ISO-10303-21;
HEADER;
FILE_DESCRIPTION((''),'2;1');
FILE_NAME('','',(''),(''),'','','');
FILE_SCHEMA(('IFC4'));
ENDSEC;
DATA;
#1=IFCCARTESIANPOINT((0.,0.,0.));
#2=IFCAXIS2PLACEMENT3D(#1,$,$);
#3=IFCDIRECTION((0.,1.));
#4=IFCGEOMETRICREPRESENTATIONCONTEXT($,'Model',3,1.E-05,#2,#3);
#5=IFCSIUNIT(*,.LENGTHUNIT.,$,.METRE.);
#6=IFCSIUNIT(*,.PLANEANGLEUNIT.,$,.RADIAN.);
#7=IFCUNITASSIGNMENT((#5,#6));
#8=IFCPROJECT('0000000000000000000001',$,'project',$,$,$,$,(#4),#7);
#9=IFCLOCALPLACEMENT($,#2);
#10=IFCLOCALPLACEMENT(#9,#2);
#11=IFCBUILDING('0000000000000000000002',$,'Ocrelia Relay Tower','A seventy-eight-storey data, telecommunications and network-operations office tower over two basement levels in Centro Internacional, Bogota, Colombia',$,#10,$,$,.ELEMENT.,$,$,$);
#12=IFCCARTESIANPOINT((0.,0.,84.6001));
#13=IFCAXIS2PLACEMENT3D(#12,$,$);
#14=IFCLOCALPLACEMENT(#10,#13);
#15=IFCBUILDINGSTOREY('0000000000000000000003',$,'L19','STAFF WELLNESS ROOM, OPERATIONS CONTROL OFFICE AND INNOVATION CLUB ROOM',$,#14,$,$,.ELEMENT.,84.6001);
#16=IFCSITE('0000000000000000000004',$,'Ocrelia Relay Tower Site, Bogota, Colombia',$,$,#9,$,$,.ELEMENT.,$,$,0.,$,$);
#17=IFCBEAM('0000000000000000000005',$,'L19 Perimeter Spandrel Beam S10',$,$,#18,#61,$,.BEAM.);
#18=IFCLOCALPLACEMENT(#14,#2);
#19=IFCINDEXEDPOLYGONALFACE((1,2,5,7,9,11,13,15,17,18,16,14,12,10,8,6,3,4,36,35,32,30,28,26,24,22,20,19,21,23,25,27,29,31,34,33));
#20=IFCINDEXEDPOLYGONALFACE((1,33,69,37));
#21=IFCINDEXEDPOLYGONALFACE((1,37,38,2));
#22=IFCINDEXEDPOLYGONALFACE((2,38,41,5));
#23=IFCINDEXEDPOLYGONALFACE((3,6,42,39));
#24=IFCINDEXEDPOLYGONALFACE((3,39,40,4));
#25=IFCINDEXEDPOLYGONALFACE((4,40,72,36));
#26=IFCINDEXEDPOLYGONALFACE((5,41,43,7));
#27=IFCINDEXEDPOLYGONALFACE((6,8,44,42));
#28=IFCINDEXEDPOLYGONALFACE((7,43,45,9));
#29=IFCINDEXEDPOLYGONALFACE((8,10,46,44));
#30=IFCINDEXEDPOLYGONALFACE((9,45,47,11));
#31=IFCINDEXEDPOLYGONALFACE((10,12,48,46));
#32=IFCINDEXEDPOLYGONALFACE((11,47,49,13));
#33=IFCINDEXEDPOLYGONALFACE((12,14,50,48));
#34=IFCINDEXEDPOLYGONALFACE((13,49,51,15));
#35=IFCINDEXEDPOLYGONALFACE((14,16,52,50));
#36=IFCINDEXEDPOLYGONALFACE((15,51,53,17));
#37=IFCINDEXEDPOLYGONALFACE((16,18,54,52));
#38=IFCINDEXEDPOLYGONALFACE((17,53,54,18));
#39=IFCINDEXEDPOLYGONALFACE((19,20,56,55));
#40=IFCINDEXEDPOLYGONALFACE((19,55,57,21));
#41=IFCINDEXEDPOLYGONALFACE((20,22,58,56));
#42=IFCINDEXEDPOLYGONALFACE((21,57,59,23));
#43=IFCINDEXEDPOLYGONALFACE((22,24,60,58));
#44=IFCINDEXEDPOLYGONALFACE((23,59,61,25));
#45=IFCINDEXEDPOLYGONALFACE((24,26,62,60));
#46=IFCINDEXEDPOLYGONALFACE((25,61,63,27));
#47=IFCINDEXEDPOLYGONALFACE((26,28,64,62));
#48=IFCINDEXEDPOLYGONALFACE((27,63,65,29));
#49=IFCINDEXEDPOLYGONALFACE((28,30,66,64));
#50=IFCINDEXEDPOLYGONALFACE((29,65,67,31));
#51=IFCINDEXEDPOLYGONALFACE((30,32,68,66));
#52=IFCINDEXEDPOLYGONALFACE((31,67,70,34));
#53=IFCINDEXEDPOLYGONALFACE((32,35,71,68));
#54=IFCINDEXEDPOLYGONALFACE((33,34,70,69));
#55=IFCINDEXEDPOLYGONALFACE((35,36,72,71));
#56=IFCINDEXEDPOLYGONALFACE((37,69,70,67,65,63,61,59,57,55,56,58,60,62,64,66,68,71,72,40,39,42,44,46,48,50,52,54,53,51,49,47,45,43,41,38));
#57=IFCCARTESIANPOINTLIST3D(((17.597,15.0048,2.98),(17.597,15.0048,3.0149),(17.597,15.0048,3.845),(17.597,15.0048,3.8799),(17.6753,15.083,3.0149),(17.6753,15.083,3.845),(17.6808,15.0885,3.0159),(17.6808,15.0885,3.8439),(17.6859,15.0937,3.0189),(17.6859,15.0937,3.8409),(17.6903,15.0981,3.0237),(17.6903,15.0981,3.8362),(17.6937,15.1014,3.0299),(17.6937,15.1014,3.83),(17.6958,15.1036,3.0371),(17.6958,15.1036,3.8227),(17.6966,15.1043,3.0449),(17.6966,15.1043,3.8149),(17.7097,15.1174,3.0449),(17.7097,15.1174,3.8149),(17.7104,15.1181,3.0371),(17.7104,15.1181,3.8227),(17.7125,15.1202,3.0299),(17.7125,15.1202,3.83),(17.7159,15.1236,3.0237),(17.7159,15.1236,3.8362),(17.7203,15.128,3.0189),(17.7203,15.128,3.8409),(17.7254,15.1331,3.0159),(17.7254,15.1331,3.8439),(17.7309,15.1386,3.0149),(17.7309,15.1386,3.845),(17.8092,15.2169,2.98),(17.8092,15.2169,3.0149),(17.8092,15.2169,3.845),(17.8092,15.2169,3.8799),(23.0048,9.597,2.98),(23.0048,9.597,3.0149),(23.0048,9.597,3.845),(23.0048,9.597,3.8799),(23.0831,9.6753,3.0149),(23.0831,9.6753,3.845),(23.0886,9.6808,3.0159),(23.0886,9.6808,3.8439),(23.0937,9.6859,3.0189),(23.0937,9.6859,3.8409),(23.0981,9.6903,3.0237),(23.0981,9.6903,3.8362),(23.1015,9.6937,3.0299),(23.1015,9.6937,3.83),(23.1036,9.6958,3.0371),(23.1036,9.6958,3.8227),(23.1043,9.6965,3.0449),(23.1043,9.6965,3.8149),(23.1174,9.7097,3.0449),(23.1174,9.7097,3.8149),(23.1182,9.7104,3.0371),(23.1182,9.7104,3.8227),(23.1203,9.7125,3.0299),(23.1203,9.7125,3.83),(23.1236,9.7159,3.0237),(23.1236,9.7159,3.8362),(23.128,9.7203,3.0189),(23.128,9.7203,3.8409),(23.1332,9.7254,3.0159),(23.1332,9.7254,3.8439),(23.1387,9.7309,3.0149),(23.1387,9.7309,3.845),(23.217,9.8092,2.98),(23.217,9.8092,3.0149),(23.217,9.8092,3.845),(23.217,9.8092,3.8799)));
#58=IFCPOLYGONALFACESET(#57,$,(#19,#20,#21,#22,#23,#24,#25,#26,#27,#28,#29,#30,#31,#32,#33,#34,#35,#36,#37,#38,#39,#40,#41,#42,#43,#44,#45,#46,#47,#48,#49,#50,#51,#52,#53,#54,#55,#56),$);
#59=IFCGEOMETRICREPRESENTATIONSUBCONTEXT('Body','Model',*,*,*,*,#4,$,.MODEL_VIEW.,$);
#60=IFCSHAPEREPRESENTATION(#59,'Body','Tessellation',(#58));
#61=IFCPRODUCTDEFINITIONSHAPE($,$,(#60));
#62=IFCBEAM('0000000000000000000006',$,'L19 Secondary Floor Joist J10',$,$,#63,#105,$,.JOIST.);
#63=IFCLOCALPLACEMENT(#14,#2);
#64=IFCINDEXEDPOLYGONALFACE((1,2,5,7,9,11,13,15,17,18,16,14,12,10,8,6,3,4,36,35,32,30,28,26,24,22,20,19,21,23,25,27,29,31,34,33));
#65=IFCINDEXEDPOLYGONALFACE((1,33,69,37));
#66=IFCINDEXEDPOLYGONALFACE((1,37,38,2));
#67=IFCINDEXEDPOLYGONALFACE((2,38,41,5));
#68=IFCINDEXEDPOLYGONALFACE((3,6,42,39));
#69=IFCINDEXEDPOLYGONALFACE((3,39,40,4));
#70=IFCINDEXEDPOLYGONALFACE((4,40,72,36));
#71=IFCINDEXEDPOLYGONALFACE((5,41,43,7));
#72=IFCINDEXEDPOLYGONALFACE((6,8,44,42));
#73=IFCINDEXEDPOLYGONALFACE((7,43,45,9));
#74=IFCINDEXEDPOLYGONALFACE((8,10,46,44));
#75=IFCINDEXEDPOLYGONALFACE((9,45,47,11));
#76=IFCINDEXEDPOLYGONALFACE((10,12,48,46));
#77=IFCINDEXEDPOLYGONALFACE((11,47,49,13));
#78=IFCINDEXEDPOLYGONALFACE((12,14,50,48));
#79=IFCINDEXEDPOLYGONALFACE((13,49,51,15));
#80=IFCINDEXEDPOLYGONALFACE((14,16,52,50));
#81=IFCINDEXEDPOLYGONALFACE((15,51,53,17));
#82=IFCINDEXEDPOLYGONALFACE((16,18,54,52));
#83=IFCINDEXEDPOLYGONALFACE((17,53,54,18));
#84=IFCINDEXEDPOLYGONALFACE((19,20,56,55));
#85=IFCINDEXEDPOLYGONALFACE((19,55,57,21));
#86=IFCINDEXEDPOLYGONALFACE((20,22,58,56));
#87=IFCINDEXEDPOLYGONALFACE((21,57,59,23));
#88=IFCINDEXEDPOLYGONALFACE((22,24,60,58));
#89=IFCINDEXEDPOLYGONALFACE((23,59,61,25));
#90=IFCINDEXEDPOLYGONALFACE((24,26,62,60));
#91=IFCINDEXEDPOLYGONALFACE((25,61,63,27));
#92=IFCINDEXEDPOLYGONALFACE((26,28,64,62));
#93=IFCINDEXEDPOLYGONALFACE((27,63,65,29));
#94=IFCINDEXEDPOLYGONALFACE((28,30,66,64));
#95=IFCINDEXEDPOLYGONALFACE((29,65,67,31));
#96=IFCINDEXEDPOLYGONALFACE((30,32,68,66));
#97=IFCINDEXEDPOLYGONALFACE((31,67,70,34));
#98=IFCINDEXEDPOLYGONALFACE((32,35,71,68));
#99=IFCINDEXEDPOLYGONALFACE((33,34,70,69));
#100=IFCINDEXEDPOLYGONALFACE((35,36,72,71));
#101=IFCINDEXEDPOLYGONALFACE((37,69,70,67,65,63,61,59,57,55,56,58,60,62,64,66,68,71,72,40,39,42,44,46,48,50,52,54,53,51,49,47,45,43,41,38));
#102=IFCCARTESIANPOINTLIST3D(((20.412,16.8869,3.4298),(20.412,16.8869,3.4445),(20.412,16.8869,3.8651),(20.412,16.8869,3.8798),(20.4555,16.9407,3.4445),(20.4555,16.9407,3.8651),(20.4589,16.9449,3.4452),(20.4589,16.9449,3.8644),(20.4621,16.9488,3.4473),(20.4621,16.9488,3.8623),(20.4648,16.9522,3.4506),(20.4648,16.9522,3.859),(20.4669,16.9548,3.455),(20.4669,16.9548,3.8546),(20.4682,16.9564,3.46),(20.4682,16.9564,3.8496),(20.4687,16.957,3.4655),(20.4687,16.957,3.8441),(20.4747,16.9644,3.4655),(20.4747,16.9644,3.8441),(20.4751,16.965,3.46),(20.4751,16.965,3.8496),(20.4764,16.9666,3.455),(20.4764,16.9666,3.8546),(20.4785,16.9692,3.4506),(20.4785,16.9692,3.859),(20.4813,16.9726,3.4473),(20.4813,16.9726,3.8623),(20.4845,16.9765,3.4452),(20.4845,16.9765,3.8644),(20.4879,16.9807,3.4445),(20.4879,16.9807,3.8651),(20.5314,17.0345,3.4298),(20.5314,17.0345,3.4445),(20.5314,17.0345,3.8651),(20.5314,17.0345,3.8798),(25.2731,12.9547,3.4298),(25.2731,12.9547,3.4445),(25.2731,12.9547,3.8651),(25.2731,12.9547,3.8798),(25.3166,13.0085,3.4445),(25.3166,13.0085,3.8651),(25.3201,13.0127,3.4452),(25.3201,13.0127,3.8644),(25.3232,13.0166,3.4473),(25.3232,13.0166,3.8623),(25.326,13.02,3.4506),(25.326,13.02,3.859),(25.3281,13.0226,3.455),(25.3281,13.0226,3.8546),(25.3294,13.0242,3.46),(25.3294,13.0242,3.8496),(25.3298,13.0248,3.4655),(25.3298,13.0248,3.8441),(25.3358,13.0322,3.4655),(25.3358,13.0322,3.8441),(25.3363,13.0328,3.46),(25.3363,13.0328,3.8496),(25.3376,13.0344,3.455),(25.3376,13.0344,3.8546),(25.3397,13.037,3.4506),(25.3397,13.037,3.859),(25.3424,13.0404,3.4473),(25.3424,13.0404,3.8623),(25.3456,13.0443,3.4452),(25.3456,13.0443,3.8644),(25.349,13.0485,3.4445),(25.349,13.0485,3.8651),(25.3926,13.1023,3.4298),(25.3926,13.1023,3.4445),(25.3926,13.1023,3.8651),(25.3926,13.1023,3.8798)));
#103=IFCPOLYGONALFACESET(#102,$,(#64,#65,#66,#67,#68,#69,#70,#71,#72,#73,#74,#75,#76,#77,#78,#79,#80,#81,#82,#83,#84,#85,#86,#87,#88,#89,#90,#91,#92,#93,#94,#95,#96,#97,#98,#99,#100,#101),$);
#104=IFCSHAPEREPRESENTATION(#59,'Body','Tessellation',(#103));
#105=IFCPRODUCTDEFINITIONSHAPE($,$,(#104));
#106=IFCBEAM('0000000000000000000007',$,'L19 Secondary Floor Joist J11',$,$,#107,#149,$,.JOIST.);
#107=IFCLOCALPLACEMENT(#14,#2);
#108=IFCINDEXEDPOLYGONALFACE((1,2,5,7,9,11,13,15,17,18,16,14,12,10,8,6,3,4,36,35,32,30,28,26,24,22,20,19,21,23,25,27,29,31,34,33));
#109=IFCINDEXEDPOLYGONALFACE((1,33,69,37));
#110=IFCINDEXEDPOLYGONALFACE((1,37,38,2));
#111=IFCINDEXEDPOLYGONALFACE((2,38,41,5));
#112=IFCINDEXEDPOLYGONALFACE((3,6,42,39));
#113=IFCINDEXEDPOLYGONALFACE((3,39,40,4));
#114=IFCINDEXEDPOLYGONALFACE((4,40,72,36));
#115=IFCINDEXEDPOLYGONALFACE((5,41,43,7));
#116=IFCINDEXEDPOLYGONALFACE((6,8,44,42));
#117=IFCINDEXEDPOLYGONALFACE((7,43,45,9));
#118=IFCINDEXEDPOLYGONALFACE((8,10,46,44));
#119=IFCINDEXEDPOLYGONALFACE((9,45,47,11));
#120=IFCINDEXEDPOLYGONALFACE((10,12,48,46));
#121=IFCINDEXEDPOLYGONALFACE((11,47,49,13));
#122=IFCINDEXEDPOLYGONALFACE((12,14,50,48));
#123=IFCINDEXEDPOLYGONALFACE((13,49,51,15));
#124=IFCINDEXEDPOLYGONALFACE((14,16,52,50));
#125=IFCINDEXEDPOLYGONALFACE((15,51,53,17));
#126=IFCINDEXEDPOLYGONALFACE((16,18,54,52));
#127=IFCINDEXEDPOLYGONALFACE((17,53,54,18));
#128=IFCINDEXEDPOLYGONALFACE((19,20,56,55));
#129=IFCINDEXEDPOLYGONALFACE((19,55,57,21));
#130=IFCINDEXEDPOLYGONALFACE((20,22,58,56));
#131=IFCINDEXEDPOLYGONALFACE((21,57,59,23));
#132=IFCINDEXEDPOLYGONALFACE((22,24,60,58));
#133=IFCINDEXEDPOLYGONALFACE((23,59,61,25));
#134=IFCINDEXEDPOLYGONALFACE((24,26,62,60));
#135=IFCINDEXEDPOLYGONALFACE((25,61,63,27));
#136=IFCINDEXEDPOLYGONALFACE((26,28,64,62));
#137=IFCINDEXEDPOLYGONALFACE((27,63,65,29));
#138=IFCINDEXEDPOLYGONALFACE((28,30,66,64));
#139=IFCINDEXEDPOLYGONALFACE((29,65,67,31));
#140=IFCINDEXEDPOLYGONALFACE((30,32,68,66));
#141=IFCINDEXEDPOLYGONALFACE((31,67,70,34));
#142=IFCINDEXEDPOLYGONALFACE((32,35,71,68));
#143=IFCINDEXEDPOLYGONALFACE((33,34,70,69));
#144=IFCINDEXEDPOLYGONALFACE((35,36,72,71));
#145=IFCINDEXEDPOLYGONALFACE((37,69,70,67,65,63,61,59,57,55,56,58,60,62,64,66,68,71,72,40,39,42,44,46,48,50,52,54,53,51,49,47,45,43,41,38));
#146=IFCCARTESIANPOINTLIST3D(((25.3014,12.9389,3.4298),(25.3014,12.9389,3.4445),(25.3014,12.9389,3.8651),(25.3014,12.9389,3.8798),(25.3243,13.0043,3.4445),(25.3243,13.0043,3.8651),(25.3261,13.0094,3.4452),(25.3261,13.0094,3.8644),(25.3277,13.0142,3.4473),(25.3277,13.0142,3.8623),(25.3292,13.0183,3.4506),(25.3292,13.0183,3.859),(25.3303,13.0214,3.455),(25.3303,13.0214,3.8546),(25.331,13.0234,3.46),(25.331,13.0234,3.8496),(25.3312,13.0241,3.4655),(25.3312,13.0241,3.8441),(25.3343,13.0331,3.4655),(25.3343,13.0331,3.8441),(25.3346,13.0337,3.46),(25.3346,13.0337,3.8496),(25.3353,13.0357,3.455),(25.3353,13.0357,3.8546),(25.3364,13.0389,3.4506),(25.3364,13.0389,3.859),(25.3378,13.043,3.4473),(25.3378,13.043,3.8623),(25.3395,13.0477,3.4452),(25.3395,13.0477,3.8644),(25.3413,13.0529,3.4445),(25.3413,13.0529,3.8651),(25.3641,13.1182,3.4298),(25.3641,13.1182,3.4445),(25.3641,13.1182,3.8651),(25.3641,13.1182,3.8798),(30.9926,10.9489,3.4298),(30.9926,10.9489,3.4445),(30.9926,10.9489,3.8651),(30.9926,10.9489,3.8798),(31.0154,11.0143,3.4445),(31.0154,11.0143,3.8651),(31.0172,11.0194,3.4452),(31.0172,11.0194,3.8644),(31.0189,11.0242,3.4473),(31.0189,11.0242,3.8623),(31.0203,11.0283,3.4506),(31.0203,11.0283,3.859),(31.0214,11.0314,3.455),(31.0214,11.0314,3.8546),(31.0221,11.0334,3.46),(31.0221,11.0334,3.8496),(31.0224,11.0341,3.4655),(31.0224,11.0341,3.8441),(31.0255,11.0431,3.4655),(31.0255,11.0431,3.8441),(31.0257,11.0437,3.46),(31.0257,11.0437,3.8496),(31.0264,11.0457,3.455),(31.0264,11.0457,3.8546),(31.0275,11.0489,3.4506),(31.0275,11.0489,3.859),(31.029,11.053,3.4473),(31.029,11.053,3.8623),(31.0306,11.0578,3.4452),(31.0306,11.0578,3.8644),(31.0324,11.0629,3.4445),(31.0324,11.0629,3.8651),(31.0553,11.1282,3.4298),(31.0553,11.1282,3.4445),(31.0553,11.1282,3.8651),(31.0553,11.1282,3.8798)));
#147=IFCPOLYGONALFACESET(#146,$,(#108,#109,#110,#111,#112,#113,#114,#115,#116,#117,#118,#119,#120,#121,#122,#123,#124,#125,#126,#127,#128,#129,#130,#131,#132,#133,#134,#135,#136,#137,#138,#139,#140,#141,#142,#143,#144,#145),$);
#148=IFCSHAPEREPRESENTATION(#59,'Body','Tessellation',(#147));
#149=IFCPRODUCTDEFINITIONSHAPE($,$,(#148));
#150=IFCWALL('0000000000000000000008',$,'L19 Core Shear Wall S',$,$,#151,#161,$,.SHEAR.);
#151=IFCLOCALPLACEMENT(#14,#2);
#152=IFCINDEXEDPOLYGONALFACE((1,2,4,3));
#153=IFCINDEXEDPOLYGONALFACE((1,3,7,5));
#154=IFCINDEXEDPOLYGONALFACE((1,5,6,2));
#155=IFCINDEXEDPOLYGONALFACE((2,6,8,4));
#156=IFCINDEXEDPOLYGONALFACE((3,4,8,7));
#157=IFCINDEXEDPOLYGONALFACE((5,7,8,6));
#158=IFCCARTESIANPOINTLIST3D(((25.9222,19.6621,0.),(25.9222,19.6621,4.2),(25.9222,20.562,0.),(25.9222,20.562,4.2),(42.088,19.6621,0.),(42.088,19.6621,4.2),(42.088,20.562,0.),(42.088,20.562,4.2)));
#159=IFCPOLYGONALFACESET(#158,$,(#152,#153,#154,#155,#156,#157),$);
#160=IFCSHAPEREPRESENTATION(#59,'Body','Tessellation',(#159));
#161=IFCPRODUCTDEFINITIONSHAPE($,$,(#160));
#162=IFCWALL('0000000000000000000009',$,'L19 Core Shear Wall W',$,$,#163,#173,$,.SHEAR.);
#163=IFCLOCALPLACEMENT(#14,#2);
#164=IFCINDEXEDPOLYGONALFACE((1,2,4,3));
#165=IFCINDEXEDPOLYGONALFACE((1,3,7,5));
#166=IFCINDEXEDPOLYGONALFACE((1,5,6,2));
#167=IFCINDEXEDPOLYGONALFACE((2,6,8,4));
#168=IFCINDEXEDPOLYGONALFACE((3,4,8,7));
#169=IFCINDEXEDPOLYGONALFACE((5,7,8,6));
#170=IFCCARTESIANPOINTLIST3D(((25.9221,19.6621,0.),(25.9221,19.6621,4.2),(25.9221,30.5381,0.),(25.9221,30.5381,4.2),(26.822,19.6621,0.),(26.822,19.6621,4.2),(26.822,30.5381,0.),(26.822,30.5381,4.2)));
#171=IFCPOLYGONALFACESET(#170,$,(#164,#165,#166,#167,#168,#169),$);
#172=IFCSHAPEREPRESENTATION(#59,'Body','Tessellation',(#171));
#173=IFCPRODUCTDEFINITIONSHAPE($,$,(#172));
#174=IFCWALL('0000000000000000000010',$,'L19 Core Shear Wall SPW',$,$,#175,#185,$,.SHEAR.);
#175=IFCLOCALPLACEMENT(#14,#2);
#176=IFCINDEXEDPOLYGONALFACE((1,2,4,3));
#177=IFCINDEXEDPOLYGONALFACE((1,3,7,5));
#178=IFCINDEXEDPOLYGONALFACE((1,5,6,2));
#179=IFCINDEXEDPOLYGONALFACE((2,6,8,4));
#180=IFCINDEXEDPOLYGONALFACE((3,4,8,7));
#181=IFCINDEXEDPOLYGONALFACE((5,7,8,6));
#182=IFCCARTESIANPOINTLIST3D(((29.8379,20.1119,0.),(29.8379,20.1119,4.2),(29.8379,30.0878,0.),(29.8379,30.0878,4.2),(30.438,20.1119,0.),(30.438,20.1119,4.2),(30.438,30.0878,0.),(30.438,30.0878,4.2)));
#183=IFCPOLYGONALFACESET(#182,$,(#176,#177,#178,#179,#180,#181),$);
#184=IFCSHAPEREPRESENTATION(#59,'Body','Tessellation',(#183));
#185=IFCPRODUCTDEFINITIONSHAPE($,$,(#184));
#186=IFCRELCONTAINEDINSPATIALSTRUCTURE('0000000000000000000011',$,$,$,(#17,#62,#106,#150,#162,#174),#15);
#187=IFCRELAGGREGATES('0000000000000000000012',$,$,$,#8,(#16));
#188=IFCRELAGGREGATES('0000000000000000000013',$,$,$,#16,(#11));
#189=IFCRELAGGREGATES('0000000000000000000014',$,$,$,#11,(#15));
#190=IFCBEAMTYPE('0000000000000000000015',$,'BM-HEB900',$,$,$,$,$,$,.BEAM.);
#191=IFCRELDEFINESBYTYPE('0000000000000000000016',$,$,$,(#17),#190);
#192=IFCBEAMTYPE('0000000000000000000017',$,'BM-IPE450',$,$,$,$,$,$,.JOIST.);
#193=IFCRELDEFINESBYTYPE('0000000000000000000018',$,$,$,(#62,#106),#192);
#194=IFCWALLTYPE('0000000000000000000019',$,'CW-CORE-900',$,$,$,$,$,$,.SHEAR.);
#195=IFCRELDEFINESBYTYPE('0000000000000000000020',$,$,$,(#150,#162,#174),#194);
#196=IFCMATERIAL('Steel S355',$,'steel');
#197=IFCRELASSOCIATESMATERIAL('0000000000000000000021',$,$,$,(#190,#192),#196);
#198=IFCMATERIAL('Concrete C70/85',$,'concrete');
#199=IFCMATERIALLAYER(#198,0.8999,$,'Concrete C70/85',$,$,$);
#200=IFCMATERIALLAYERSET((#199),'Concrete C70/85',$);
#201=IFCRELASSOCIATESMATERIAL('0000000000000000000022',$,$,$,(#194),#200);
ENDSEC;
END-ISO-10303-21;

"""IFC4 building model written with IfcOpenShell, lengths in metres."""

from ifc_helpers import new_model, si_unit, direction, frame, frame_2d, origin, origin_2d, place, context, subcontext, project, spatial, rectangle, i_section, extrude, material, layer, layer_set, material_profile, profile_set, type_object, element, save


model = new_model("IFC4")

# Units and contexts
model_context = context("Model", 3, precision=1e-05, world=origin(), true_north=direction((0.0, 1.0)))
body_context = subcontext(model_context, "Body", "Model", "MODEL_VIEW")
ifc_project = project(units=[si_unit("LENGTHUNIT", "METRE"), si_unit("PLANEANGLEUNIT", "RADIAN")], contexts=[model_context])

# Site, building, storey
site_placement = place(None, origin())
site = spatial("IfcSite", under=ifc_project, at=site_placement, Name="Ocrelia Relay Tower Site, Bogota, Colombia", CompositionType="ELEMENT", RefElevation=0.0)
building_placement = place(site_placement, origin())
building = spatial("IfcBuilding", under=site, at=building_placement, Name="Ocrelia Relay Tower", Description="A seventy-eight-storey data, telecommunications and network-operations office tower over two basement levels in Centro Internacional, Bogota, Colombia", CompositionType="ELEMENT")
storey_placement = place(building_placement, frame((0.0, 0.0, 84.6001)))
storey = spatial("IfcBuildingStorey", under=building, at=storey_placement, Name="L19", Description="STAFF WELLNESS ROOM, OPERATIONS CONTROL OFFICE AND INNOVATION CLUB ROOM", CompositionType="ELEMENT", Elevation=84.6001)

# Shared definitions
ifc_material_1 = material(Name="Concrete C70/85", Category="concrete")

# Beams
ifc_material_2 = material(Name="Steel S355", Category="steel")
ifc_material_profile_1 = material_profile(ifc_material_2, i_section(OverallWidth=0.3, OverallDepth=0.8999, WebThickness=0.0186, FlangeThickness=0.0349, FilletRadius=0.03, at=origin_2d()), Name="HEB 900")
ifc_profile_set_1 = profile_set([ifc_material_profile_1], Name="Steel S355")
beam_type_1 = type_object("IfcBeamType", Name="BM-HEB900", PredefinedType="BEAM", material=ifc_profile_set_1)
beam_1_placement = place(storey_placement, frame((17.7031, 15.1108, 3.4299), z_axis=(0.707107, -0.707107, 0.0), x_axis=(0.707107, 0.707107, 0.0)))
element("IfcBeam", 1, at=beam_1_placement, inside=storey, type_object=beam_type_1, Name="L19 Perimeter Spandrel Beam S10", PredefinedType="BEAM", context=body_context, shape_type="SweptSolid", body=[
    extrude(i_section(OverallWidth=0.3, OverallDepth=0.8999, WebThickness=0.0186, FlangeThickness=0.0349, FilletRadius=0.03, at=origin_2d()), origin(), (0.0, 0.0, 1.0), 7.6477),
])
ifc_material_profile_2 = material_profile(ifc_material_2, i_section(OverallWidth=0.1899, OverallDepth=0.45, WebThickness=0.0095, FlangeThickness=0.0146, FilletRadius=0.021, at=origin_2d()), Name="IPE 450")
ifc_profile_set_2 = profile_set([ifc_material_profile_2], Name="Steel S355")
beam_type_2 = type_object("IfcBeamType", Name="BM-IPE450", PredefinedType="JOIST", material=ifc_profile_set_2)
beam_2_placement = place(storey_placement, frame((20.4717, 16.9607, 3.6548), z_axis=(0.777482, -0.628905, 0.0), x_axis=(0.628905, 0.777482, 0.0)))
element("IfcBeam", 2, at=beam_2_placement, inside=storey, type_object=beam_type_2, Name="L19 Secondary Floor Joist J10", PredefinedType="JOIST", context=body_context, shape_type="SweptSolid", body=[
    extrude(i_section(OverallWidth=0.1899, OverallDepth=0.45, WebThickness=0.0095, FlangeThickness=0.0146, FilletRadius=0.021, at=origin_2d()), origin(), (0.0, 0.0, 1.0), 6.2524),
])
beam_3_placement = place(storey_placement, frame((25.3328, 13.0286, 3.6548), z_axis=(0.943957, -0.330067, 0.0), x_axis=(0.330067, 0.943957, 0.0)))
element("IfcBeam", 3, at=beam_3_placement, inside=storey, type_object=beam_type_2, Name="L19 Secondary Floor Joist J11", PredefinedType="JOIST", context=body_context, shape_type="SweptSolid", body=[
    extrude(i_section(OverallWidth=0.1899, OverallDepth=0.45, WebThickness=0.0095, FlangeThickness=0.0146, FilletRadius=0.021, at=origin_2d()), origin(), (0.0, 0.0, 1.0), 6.0291),
])

# Walls
ifc_layer_1 = layer(ifc_material_1, 0.8999, Name="Concrete C70/85")
ifc_layer_set_1 = layer_set([ifc_layer_1], Name="Concrete C70/85")
wall_type_1 = type_object("IfcWallType", Name="CW-CORE-900", PredefinedType="SHEAR", material=ifc_layer_set_1)
wall_1_placement = place(storey_placement, frame((25.9221, 20.1121, 0.0), z_axis=(0.0, 0.0, 1.0), x_axis=(1.0, 0.0, 0.0)))
element("IfcWall", 4, at=wall_1_placement, inside=storey, type_object=wall_type_1, Name="L19 Core Shear Wall S", PredefinedType="SHEAR", context=body_context, shape_type="SweptSolid", body=[
    extrude(rectangle(XDim=16.1658, YDim=0.8999, at=frame_2d((8.083, 0.0))), origin(), (0.0, 0.0, 1.0), 4.2),
])
wall_2_placement = place(storey_placement, frame((26.3721, 19.6621, 0.0), z_axis=(0.0, 0.0, 1.0), x_axis=(0.0, 1.0, 0.0)))
element("IfcWall", 5, at=wall_2_placement, inside=storey, type_object=wall_type_1, Name="L19 Core Shear Wall W", PredefinedType="SHEAR", context=body_context, shape_type="SweptSolid", body=[
    extrude(rectangle(XDim=10.876, YDim=0.8999, at=frame_2d((5.438, 0.0))), origin(), (0.0, 0.0, 1.0), 4.2),
])
wall_3_placement = place(storey_placement, frame((30.1379, 20.1121, 0.0), z_axis=(0.0, 0.0, 1.0), x_axis=(0.0, 1.0, 0.0)))
element("IfcWall", 6, at=wall_3_placement, inside=storey, type_object=wall_type_1, Name="L19 Core Shear Wall SPW", PredefinedType="SHEAR", context=body_context, shape_type="SweptSolid", body=[
    extrude(rectangle(XDim=9.9758, YDim=0.6001, at=frame_2d((4.9878, 0.0))), origin(), (0.0, 0.0, 1.0), 4.2),
])

save(model, "model.ifc")
